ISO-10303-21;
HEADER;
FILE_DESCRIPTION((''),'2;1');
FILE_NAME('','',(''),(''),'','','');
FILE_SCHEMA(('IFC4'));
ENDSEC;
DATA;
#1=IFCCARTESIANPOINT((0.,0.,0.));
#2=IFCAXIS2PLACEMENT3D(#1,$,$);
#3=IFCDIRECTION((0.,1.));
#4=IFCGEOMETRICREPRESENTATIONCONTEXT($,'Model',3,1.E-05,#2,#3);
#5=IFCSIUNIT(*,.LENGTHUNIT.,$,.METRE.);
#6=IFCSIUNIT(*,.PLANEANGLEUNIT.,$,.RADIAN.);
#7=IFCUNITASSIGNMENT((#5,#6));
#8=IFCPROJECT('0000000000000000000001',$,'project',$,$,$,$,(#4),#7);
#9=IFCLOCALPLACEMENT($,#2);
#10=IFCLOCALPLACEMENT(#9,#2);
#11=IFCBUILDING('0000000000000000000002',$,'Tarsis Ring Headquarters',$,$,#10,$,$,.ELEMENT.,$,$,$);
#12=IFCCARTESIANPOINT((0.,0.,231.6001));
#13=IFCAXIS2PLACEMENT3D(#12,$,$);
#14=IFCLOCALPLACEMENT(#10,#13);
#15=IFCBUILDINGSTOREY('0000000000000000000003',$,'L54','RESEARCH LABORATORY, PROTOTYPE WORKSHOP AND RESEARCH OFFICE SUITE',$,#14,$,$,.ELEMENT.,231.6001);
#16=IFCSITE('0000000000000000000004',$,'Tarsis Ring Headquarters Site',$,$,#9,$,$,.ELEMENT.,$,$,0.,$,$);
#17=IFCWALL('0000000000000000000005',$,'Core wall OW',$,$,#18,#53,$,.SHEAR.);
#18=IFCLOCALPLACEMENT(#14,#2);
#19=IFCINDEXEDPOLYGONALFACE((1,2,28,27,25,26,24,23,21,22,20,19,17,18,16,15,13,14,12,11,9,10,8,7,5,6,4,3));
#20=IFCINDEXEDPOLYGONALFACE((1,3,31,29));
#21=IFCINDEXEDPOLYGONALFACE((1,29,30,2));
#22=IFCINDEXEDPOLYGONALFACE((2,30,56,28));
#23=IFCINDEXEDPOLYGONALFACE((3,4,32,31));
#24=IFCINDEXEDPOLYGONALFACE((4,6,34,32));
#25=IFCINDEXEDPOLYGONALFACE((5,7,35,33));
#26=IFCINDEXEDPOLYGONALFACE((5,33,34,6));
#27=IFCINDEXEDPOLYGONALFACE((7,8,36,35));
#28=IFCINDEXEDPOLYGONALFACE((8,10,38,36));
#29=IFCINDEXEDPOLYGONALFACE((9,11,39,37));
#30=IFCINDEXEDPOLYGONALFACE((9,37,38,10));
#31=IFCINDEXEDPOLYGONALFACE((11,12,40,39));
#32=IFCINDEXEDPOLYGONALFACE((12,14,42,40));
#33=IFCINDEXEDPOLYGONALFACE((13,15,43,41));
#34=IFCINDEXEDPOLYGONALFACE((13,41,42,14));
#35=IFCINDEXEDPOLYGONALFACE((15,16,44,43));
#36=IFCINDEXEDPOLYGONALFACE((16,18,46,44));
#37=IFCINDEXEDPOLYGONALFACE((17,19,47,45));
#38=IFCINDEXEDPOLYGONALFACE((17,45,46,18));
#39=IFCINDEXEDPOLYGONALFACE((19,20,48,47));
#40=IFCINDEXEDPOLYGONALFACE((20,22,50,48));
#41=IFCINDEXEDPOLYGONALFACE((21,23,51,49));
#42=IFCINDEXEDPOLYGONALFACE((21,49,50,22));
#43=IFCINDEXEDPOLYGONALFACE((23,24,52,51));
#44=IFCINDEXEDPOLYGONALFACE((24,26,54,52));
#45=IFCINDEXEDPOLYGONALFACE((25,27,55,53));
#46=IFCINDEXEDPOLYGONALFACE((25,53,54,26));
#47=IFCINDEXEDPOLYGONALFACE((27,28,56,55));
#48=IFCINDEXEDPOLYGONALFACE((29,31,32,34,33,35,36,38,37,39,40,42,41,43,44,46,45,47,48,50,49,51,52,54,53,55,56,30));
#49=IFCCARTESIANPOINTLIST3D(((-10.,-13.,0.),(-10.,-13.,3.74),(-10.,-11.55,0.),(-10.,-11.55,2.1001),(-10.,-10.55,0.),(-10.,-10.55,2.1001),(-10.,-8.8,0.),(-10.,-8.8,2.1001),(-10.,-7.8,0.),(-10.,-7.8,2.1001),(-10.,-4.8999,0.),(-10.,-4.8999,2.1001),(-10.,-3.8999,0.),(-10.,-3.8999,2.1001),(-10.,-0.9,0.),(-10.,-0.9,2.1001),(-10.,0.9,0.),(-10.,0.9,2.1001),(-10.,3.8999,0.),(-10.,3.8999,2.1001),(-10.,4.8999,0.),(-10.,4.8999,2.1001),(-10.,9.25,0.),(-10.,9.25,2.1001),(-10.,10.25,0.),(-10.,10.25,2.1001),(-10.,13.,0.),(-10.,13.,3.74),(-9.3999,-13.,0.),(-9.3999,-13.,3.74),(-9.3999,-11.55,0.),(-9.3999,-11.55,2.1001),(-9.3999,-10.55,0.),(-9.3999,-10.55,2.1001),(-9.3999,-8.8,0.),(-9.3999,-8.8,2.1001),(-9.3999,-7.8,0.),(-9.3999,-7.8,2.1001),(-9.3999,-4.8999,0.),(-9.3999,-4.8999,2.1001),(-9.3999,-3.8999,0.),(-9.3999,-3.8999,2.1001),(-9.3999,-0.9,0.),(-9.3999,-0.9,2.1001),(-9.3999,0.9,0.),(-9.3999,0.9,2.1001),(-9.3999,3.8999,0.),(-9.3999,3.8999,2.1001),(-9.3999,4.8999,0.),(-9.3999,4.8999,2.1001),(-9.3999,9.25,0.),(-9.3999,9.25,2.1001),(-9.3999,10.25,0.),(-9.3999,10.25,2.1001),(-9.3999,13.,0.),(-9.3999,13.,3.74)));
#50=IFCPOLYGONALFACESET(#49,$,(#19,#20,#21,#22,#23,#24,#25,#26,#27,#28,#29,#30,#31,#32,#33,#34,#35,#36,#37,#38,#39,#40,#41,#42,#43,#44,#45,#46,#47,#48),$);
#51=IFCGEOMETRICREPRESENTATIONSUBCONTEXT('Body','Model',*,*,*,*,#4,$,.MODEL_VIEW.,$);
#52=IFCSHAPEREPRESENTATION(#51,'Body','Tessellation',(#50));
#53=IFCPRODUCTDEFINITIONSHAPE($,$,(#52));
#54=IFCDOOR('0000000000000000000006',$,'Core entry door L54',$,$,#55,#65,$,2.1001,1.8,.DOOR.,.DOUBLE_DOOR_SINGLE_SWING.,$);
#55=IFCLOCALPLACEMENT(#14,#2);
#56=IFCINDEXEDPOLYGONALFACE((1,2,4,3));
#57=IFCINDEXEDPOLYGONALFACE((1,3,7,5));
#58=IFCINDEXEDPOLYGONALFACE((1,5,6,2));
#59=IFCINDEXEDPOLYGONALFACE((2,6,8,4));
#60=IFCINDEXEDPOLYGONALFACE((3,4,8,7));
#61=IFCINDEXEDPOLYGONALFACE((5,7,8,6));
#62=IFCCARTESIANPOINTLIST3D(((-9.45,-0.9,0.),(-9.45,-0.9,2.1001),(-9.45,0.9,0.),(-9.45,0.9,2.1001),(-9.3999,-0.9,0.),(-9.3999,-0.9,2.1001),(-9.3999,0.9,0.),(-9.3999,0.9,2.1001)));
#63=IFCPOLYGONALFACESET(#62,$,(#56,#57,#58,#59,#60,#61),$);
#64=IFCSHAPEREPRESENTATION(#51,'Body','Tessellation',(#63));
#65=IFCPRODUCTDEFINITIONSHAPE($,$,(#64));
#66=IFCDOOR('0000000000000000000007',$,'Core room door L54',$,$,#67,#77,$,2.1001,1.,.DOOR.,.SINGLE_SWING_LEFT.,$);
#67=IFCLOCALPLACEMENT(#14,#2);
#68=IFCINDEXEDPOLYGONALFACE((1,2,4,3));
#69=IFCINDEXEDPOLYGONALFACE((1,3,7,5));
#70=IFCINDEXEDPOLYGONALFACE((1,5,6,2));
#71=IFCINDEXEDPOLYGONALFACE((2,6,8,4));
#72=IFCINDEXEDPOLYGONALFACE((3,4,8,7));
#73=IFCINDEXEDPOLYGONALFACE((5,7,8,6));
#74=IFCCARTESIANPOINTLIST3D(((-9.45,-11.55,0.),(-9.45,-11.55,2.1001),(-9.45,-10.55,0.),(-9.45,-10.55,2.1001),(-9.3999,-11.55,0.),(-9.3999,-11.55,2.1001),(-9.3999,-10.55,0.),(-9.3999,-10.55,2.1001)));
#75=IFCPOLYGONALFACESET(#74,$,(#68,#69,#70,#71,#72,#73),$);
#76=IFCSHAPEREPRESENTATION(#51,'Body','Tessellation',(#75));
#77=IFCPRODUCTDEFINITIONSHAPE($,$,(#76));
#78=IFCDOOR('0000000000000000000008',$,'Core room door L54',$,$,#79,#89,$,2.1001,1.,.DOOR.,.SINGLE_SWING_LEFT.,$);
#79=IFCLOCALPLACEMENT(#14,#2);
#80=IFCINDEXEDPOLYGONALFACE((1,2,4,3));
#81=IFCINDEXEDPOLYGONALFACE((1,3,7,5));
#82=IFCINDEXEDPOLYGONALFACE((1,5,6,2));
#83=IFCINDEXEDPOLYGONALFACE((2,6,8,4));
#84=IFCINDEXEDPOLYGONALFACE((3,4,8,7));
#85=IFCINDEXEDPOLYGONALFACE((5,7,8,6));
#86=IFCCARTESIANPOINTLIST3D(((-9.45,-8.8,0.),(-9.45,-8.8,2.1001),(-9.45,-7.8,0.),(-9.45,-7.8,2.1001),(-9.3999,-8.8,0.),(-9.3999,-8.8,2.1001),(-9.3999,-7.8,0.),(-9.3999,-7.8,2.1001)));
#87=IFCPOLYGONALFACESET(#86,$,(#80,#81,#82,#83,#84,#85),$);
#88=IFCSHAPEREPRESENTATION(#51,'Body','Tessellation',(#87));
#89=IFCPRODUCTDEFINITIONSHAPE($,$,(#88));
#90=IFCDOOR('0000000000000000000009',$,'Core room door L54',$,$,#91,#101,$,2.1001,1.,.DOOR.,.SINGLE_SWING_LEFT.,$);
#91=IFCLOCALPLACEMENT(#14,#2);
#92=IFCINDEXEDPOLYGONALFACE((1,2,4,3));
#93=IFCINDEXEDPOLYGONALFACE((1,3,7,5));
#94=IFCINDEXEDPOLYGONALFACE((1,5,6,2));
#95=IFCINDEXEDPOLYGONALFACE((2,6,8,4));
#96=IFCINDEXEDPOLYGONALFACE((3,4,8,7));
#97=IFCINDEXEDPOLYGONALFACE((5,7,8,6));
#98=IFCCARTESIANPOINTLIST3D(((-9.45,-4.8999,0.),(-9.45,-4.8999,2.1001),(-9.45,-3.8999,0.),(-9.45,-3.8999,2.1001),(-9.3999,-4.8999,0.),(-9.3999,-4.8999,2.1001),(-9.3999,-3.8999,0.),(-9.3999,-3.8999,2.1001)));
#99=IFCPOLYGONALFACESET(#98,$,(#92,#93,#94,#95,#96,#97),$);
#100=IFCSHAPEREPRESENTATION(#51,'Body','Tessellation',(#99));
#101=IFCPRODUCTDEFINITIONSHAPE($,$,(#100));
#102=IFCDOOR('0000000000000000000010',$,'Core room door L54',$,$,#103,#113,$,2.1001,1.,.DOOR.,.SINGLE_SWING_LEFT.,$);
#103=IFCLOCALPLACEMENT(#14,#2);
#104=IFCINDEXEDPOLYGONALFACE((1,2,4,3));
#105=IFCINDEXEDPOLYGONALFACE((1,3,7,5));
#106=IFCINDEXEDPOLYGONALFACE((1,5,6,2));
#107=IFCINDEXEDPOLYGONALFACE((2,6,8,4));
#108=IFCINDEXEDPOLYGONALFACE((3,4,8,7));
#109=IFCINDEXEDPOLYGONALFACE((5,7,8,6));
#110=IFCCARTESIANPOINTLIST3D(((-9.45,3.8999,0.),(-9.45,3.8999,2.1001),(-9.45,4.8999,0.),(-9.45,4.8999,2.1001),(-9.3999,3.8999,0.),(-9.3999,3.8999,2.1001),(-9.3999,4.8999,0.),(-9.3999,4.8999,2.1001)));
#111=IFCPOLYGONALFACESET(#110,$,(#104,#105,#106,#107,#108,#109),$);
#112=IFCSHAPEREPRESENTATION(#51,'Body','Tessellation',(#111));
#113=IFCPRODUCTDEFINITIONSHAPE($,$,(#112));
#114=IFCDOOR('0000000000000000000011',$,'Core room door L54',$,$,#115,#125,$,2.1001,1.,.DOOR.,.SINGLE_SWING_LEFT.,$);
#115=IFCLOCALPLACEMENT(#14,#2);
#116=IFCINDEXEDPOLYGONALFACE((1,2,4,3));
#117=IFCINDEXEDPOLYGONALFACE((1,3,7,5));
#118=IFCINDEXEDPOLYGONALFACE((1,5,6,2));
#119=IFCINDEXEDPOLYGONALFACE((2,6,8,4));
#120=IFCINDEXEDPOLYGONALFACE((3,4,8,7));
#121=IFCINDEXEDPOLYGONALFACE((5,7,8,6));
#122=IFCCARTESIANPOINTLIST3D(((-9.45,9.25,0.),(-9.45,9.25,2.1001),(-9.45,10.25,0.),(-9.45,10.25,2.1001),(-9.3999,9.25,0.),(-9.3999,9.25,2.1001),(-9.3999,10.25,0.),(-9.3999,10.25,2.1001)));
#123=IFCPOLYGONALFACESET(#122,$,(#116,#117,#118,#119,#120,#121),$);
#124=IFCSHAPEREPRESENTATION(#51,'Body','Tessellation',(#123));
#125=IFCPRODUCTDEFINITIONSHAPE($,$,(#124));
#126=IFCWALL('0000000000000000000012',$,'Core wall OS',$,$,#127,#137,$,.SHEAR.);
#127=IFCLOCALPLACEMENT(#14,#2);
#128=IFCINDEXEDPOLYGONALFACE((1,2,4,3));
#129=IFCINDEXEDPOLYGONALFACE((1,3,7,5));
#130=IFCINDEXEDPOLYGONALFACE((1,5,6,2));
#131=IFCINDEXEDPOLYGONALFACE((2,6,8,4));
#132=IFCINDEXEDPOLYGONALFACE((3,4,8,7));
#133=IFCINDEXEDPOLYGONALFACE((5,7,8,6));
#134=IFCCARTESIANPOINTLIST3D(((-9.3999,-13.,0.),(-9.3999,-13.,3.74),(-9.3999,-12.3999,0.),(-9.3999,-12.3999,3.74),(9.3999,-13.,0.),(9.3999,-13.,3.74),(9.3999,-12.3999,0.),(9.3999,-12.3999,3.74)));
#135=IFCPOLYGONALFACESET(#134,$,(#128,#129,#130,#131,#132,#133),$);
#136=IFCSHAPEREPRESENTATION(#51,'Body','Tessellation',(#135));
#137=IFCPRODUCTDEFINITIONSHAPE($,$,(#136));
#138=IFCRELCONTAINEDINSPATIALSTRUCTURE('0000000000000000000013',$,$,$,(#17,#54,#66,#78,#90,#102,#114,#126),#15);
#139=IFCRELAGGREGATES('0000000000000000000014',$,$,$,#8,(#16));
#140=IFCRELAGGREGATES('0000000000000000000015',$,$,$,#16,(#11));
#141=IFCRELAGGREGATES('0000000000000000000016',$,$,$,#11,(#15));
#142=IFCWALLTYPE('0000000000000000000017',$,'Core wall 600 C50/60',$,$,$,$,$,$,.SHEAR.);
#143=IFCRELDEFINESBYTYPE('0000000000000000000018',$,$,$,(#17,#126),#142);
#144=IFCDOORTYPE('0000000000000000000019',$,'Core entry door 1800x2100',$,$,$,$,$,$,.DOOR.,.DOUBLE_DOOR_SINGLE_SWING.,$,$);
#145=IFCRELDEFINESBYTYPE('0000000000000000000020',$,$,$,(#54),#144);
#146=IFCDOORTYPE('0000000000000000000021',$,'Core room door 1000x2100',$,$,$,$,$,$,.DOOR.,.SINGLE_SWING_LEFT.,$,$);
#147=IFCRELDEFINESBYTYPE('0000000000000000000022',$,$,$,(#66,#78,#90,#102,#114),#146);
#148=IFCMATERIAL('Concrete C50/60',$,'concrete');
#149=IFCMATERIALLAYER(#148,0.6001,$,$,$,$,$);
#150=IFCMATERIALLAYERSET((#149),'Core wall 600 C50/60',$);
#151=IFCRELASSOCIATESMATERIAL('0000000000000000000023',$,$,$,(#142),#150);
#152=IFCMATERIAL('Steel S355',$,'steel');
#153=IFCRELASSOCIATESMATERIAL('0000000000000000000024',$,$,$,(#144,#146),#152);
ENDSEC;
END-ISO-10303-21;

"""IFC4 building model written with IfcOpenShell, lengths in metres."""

from ifc_helpers import new_model, si_unit, direction, frame, frame_2d, origin, place, context, subcontext, project, spatial, rectangle, extrude, material, layer, layer_set, type_object, element, fill, save


model = new_model("IFC4")

# Units and contexts
model_context = context("Model", 3, precision=1e-05, world=origin(), true_north=direction((0.0, 1.0)))
body_context = subcontext(model_context, "Body", "Model", "MODEL_VIEW")
ifc_project = project(units=[si_unit("LENGTHUNIT", "METRE"), si_unit("PLANEANGLEUNIT", "RADIAN")], contexts=[model_context])

# Site, building, storey
site_placement = place(None, origin())
site = spatial("IfcSite", under=ifc_project, at=site_placement, Name="Tarsis Ring Headquarters Site", CompositionType="ELEMENT", RefElevation=0.0)
building_placement = place(site_placement, origin())
building = spatial("IfcBuilding", under=site, at=building_placement, Name="Tarsis Ring Headquarters", CompositionType="ELEMENT")
storey_placement = place(building_placement, frame((0.0, 0.0, 231.6001)))
storey = spatial("IfcBuildingStorey", under=building, at=storey_placement, Name="L54", Description="RESEARCH LABORATORY, PROTOTYPE WORKSHOP AND RESEARCH OFFICE SUITE", CompositionType="ELEMENT", Elevation=231.6001)

# Wall, openings, doors
ifc_material_1 = material(Name="Concrete C50/60", Category="concrete")
ifc_layer_1 = layer(ifc_material_1, 0.6001)
ifc_layer_set_1 = layer_set([ifc_layer_1], Name="Core wall 600 C50/60")
wall_type_1 = type_object("IfcWallType", Name="Core wall 600 C50/60", PredefinedType="SHEAR", material=ifc_layer_set_1)
wall_1_placement = place(storey_placement, frame((-9.7, -13.0, 0.0), z_axis=(0.0, 0.0, 1.0), x_axis=(0.0, 1.0, 0.0)))
wall_1 = element("IfcWall", 1, at=wall_1_placement, inside=storey, type_object=wall_type_1, Name="Core wall OW", PredefinedType="SHEAR", context=body_context, shape_type="SweptSolid", body=[
    extrude(rectangle(XDim=26.0, YDim=0.6001, at=frame_2d((13.0, 0.0))), origin(), (0.0, 0.0, 1.0), 3.74),
])
opening_1_placement = place(wall_1_placement, frame((1.45, 0.0, 0.0)))
opening_1 = element("IfcOpeningElement", 2, at=opening_1_placement, cuts=wall_1, PredefinedType="OPENING", context=body_context, shape_type="SweptSolid", body=[
    extrude(rectangle(XDim=1.0, YDim=2.1001, at=frame_2d((0.5, 1.05))), frame((0.0, 0.3101, 0.0), z_axis=(0.0, -1.0, 0.0), x_axis=(1.0, 0.0, 0.0)), (0.0, 0.0, 1.0), 0.6201),
])
opening_2_placement = place(wall_1_placement, frame((4.2, 0.0, 0.0)))
opening_2 = element("IfcOpeningElement", 3, at=opening_2_placement, cuts=wall_1, PredefinedType="OPENING", context=body_context, shape_type="SweptSolid", body=[
    extrude(rectangle(XDim=1.0, YDim=2.1001, at=frame_2d((0.5, 1.05))), frame((0.0, 0.3101, 0.0), z_axis=(0.0, -1.0, 0.0), x_axis=(1.0, 0.0, 0.0)), (0.0, 0.0, 1.0), 0.6201),
])
opening_3_placement = place(wall_1_placement, frame((8.1001, 0.0, 0.0)))
opening_3 = element("IfcOpeningElement", 4, at=opening_3_placement, cuts=wall_1, PredefinedType="OPENING", context=body_context, shape_type="SweptSolid", body=[
    extrude(rectangle(XDim=1.0, YDim=2.1001, at=frame_2d((0.5, 1.05))), frame((0.0, 0.3101, 0.0), z_axis=(0.0, -1.0, 0.0), x_axis=(1.0, 0.0, 0.0)), (0.0, 0.0, 1.0), 0.6201),
])
opening_4_placement = place(wall_1_placement, frame((12.1001, 0.0, 0.0)))
opening_4 = element("IfcOpeningElement", 5, at=opening_4_placement, cuts=wall_1, PredefinedType="OPENING", context=body_context, shape_type="SweptSolid", body=[
    extrude(rectangle(XDim=1.8, YDim=2.1001, at=frame_2d((0.8999, 1.05))), frame((0.0, 0.3101, 0.0), z_axis=(0.0, -1.0, 0.0), x_axis=(1.0, 0.0, 0.0)), (0.0, 0.0, 1.0), 0.6201),
])
opening_5_placement = place(wall_1_placement, frame((16.8999, 0.0, 0.0)))
opening_5 = element("IfcOpeningElement", 6, at=opening_5_placement, cuts=wall_1, PredefinedType="OPENING", context=body_context, shape_type="SweptSolid", body=[
    extrude(rectangle(XDim=1.0, YDim=2.1001, at=frame_2d((0.5, 1.05))), frame((0.0, 0.3101, 0.0), z_axis=(0.0, -1.0, 0.0), x_axis=(1.0, 0.0, 0.0)), (0.0, 0.0, 1.0), 0.6201),
])
opening_6_placement = place(wall_1_placement, frame((22.25, 0.0, 0.0)))
opening_6 = element("IfcOpeningElement", 7, at=opening_6_placement, cuts=wall_1, PredefinedType="OPENING", context=body_context, shape_type="SweptSolid", body=[
    extrude(rectangle(XDim=1.0, YDim=2.1001, at=frame_2d((0.5, 1.05))), frame((0.0, 0.3101, 0.0), z_axis=(0.0, -1.0, 0.0), x_axis=(1.0, 0.0, 0.0)), (0.0, 0.0, 1.0), 0.6201),
])
ifc_material_2 = material(Name="Steel S355", Category="steel")
door_type_1 = type_object("IfcDoorType", Name="Core entry door 1800x2100", OperationType="DOUBLE_DOOR_SINGLE_SWING", PredefinedType="DOOR", material=ifc_material_2)
door_1_placement = place(opening_4_placement, origin())
door_1 = element("IfcDoor", 8, at=door_1_placement, inside=storey, type_object=door_type_1, Name="Core entry door L54", OperationType="DOUBLE_DOOR_SINGLE_SWING", OverallHeight=2.1001, OverallWidth=1.8, PredefinedType="DOOR", context=body_context, shape_type="SweptSolid", body=[
    extrude(rectangle(XDim=1.8, YDim=2.1001, at=frame_2d((0.8999, 1.05))), frame((0.0, -0.25, 0.0), z_axis=(0.0, -1.0, 0.0), x_axis=(1.0, 0.0, 0.0)), (0.0, 0.0, 1.0), 0.05),
])
fill(opening_4, door_1)
door_type_2 = type_object("IfcDoorType", Name="Core room door 1000x2100", OperationType="SINGLE_SWING_LEFT", PredefinedType="DOOR", material=ifc_material_2)
door_2_placement = place(opening_1_placement, origin())
door_2 = element("IfcDoor", 9, at=door_2_placement, inside=storey, type_object=door_type_2, Name="Core room door L54", OperationType="SINGLE_SWING_LEFT", OverallHeight=2.1001, OverallWidth=1.0, PredefinedType="DOOR", context=body_context, shape_type="SweptSolid", body=[
    extrude(rectangle(XDim=1.0, YDim=2.1001, at=frame_2d((0.5, 1.05))), frame((0.0, -0.25, 0.0), z_axis=(0.0, -1.0, 0.0), x_axis=(1.0, 0.0, 0.0)), (0.0, 0.0, 1.0), 0.05),
])
fill(opening_1, door_2)
door_3_placement = place(opening_2_placement, origin())
door_3 = element("IfcDoor", 10, at=door_3_placement, inside=storey, type_object=door_type_2, Name="Core room door L54", OperationType="SINGLE_SWING_LEFT", OverallHeight=2.1001, OverallWidth=1.0, PredefinedType="DOOR", context=body_context, shape_type="SweptSolid", body=[
    extrude(rectangle(XDim=1.0, YDim=2.1001, at=frame_2d((0.5, 1.05))), frame((0.0, -0.25, 0.0), z_axis=(0.0, -1.0, 0.0), x_axis=(1.0, 0.0, 0.0)), (0.0, 0.0, 1.0), 0.05),
])
fill(opening_2, door_3)
door_4_placement = place(opening_3_placement, origin())
door_4 = element("IfcDoor", 11, at=door_4_placement, inside=storey, type_object=door_type_2, Name="Core room door L54", OperationType="SINGLE_SWING_LEFT", OverallHeight=2.1001, OverallWidth=1.0, PredefinedType="DOOR", context=body_context, shape_type="SweptSolid", body=[
    extrude(rectangle(XDim=1.0, YDim=2.1001, at=frame_2d((0.5, 1.05))), frame((0.0, -0.25, 0.0), z_axis=(0.0, -1.0, 0.0), x_axis=(1.0, 0.0, 0.0)), (0.0, 0.0, 1.0), 0.05),
])
fill(opening_3, door_4)
door_5_placement = place(opening_5_placement, origin())
door_5 = element("IfcDoor", 12, at=door_5_placement, inside=storey, type_object=door_type_2, Name="Core room door L54", OperationType="SINGLE_SWING_LEFT", OverallHeight=2.1001, OverallWidth=1.0, PredefinedType="DOOR", context=body_context, shape_type="SweptSolid", body=[
    extrude(rectangle(XDim=1.0, YDim=2.1001, at=frame_2d((0.5, 1.05))), frame((0.0, -0.25, 0.0), z_axis=(0.0, -1.0, 0.0), x_axis=(1.0, 0.0, 0.0)), (0.0, 0.0, 1.0), 0.05),
])
fill(opening_5, door_5)
door_6_placement = place(opening_6_placement, origin())
door_6 = element("IfcDoor", 13, at=door_6_placement, inside=storey, type_object=door_type_2, Name="Core room door L54", OperationType="SINGLE_SWING_LEFT", OverallHeight=2.1001, OverallWidth=1.0, PredefinedType="DOOR", context=body_context, shape_type="SweptSolid", body=[
    extrude(rectangle(XDim=1.0, YDim=2.1001, at=frame_2d((0.5, 1.05))), frame((0.0, -0.25, 0.0), z_axis=(0.0, -1.0, 0.0), x_axis=(1.0, 0.0, 0.0)), (0.0, 0.0, 1.0), 0.05),
])
fill(opening_6, door_6)

# Wall
wall_2_placement = place(storey_placement, frame((-9.3999, -12.7, 0.0), z_axis=(0.0, 0.0, 1.0), x_axis=(1.0, 0.0, 0.0)))
element("IfcWall", 14, at=wall_2_placement, inside=storey, type_object=wall_type_1, Name="Core wall OS", PredefinedType="SHEAR", context=body_context, shape_type="SweptSolid", body=[
    extrude(rectangle(XDim=18.7998, YDim=0.6001, at=frame_2d((9.3999, 0.0))), origin(), (0.0, 0.0, 1.0), 3.74),
])

save(model, "model.ifc")
